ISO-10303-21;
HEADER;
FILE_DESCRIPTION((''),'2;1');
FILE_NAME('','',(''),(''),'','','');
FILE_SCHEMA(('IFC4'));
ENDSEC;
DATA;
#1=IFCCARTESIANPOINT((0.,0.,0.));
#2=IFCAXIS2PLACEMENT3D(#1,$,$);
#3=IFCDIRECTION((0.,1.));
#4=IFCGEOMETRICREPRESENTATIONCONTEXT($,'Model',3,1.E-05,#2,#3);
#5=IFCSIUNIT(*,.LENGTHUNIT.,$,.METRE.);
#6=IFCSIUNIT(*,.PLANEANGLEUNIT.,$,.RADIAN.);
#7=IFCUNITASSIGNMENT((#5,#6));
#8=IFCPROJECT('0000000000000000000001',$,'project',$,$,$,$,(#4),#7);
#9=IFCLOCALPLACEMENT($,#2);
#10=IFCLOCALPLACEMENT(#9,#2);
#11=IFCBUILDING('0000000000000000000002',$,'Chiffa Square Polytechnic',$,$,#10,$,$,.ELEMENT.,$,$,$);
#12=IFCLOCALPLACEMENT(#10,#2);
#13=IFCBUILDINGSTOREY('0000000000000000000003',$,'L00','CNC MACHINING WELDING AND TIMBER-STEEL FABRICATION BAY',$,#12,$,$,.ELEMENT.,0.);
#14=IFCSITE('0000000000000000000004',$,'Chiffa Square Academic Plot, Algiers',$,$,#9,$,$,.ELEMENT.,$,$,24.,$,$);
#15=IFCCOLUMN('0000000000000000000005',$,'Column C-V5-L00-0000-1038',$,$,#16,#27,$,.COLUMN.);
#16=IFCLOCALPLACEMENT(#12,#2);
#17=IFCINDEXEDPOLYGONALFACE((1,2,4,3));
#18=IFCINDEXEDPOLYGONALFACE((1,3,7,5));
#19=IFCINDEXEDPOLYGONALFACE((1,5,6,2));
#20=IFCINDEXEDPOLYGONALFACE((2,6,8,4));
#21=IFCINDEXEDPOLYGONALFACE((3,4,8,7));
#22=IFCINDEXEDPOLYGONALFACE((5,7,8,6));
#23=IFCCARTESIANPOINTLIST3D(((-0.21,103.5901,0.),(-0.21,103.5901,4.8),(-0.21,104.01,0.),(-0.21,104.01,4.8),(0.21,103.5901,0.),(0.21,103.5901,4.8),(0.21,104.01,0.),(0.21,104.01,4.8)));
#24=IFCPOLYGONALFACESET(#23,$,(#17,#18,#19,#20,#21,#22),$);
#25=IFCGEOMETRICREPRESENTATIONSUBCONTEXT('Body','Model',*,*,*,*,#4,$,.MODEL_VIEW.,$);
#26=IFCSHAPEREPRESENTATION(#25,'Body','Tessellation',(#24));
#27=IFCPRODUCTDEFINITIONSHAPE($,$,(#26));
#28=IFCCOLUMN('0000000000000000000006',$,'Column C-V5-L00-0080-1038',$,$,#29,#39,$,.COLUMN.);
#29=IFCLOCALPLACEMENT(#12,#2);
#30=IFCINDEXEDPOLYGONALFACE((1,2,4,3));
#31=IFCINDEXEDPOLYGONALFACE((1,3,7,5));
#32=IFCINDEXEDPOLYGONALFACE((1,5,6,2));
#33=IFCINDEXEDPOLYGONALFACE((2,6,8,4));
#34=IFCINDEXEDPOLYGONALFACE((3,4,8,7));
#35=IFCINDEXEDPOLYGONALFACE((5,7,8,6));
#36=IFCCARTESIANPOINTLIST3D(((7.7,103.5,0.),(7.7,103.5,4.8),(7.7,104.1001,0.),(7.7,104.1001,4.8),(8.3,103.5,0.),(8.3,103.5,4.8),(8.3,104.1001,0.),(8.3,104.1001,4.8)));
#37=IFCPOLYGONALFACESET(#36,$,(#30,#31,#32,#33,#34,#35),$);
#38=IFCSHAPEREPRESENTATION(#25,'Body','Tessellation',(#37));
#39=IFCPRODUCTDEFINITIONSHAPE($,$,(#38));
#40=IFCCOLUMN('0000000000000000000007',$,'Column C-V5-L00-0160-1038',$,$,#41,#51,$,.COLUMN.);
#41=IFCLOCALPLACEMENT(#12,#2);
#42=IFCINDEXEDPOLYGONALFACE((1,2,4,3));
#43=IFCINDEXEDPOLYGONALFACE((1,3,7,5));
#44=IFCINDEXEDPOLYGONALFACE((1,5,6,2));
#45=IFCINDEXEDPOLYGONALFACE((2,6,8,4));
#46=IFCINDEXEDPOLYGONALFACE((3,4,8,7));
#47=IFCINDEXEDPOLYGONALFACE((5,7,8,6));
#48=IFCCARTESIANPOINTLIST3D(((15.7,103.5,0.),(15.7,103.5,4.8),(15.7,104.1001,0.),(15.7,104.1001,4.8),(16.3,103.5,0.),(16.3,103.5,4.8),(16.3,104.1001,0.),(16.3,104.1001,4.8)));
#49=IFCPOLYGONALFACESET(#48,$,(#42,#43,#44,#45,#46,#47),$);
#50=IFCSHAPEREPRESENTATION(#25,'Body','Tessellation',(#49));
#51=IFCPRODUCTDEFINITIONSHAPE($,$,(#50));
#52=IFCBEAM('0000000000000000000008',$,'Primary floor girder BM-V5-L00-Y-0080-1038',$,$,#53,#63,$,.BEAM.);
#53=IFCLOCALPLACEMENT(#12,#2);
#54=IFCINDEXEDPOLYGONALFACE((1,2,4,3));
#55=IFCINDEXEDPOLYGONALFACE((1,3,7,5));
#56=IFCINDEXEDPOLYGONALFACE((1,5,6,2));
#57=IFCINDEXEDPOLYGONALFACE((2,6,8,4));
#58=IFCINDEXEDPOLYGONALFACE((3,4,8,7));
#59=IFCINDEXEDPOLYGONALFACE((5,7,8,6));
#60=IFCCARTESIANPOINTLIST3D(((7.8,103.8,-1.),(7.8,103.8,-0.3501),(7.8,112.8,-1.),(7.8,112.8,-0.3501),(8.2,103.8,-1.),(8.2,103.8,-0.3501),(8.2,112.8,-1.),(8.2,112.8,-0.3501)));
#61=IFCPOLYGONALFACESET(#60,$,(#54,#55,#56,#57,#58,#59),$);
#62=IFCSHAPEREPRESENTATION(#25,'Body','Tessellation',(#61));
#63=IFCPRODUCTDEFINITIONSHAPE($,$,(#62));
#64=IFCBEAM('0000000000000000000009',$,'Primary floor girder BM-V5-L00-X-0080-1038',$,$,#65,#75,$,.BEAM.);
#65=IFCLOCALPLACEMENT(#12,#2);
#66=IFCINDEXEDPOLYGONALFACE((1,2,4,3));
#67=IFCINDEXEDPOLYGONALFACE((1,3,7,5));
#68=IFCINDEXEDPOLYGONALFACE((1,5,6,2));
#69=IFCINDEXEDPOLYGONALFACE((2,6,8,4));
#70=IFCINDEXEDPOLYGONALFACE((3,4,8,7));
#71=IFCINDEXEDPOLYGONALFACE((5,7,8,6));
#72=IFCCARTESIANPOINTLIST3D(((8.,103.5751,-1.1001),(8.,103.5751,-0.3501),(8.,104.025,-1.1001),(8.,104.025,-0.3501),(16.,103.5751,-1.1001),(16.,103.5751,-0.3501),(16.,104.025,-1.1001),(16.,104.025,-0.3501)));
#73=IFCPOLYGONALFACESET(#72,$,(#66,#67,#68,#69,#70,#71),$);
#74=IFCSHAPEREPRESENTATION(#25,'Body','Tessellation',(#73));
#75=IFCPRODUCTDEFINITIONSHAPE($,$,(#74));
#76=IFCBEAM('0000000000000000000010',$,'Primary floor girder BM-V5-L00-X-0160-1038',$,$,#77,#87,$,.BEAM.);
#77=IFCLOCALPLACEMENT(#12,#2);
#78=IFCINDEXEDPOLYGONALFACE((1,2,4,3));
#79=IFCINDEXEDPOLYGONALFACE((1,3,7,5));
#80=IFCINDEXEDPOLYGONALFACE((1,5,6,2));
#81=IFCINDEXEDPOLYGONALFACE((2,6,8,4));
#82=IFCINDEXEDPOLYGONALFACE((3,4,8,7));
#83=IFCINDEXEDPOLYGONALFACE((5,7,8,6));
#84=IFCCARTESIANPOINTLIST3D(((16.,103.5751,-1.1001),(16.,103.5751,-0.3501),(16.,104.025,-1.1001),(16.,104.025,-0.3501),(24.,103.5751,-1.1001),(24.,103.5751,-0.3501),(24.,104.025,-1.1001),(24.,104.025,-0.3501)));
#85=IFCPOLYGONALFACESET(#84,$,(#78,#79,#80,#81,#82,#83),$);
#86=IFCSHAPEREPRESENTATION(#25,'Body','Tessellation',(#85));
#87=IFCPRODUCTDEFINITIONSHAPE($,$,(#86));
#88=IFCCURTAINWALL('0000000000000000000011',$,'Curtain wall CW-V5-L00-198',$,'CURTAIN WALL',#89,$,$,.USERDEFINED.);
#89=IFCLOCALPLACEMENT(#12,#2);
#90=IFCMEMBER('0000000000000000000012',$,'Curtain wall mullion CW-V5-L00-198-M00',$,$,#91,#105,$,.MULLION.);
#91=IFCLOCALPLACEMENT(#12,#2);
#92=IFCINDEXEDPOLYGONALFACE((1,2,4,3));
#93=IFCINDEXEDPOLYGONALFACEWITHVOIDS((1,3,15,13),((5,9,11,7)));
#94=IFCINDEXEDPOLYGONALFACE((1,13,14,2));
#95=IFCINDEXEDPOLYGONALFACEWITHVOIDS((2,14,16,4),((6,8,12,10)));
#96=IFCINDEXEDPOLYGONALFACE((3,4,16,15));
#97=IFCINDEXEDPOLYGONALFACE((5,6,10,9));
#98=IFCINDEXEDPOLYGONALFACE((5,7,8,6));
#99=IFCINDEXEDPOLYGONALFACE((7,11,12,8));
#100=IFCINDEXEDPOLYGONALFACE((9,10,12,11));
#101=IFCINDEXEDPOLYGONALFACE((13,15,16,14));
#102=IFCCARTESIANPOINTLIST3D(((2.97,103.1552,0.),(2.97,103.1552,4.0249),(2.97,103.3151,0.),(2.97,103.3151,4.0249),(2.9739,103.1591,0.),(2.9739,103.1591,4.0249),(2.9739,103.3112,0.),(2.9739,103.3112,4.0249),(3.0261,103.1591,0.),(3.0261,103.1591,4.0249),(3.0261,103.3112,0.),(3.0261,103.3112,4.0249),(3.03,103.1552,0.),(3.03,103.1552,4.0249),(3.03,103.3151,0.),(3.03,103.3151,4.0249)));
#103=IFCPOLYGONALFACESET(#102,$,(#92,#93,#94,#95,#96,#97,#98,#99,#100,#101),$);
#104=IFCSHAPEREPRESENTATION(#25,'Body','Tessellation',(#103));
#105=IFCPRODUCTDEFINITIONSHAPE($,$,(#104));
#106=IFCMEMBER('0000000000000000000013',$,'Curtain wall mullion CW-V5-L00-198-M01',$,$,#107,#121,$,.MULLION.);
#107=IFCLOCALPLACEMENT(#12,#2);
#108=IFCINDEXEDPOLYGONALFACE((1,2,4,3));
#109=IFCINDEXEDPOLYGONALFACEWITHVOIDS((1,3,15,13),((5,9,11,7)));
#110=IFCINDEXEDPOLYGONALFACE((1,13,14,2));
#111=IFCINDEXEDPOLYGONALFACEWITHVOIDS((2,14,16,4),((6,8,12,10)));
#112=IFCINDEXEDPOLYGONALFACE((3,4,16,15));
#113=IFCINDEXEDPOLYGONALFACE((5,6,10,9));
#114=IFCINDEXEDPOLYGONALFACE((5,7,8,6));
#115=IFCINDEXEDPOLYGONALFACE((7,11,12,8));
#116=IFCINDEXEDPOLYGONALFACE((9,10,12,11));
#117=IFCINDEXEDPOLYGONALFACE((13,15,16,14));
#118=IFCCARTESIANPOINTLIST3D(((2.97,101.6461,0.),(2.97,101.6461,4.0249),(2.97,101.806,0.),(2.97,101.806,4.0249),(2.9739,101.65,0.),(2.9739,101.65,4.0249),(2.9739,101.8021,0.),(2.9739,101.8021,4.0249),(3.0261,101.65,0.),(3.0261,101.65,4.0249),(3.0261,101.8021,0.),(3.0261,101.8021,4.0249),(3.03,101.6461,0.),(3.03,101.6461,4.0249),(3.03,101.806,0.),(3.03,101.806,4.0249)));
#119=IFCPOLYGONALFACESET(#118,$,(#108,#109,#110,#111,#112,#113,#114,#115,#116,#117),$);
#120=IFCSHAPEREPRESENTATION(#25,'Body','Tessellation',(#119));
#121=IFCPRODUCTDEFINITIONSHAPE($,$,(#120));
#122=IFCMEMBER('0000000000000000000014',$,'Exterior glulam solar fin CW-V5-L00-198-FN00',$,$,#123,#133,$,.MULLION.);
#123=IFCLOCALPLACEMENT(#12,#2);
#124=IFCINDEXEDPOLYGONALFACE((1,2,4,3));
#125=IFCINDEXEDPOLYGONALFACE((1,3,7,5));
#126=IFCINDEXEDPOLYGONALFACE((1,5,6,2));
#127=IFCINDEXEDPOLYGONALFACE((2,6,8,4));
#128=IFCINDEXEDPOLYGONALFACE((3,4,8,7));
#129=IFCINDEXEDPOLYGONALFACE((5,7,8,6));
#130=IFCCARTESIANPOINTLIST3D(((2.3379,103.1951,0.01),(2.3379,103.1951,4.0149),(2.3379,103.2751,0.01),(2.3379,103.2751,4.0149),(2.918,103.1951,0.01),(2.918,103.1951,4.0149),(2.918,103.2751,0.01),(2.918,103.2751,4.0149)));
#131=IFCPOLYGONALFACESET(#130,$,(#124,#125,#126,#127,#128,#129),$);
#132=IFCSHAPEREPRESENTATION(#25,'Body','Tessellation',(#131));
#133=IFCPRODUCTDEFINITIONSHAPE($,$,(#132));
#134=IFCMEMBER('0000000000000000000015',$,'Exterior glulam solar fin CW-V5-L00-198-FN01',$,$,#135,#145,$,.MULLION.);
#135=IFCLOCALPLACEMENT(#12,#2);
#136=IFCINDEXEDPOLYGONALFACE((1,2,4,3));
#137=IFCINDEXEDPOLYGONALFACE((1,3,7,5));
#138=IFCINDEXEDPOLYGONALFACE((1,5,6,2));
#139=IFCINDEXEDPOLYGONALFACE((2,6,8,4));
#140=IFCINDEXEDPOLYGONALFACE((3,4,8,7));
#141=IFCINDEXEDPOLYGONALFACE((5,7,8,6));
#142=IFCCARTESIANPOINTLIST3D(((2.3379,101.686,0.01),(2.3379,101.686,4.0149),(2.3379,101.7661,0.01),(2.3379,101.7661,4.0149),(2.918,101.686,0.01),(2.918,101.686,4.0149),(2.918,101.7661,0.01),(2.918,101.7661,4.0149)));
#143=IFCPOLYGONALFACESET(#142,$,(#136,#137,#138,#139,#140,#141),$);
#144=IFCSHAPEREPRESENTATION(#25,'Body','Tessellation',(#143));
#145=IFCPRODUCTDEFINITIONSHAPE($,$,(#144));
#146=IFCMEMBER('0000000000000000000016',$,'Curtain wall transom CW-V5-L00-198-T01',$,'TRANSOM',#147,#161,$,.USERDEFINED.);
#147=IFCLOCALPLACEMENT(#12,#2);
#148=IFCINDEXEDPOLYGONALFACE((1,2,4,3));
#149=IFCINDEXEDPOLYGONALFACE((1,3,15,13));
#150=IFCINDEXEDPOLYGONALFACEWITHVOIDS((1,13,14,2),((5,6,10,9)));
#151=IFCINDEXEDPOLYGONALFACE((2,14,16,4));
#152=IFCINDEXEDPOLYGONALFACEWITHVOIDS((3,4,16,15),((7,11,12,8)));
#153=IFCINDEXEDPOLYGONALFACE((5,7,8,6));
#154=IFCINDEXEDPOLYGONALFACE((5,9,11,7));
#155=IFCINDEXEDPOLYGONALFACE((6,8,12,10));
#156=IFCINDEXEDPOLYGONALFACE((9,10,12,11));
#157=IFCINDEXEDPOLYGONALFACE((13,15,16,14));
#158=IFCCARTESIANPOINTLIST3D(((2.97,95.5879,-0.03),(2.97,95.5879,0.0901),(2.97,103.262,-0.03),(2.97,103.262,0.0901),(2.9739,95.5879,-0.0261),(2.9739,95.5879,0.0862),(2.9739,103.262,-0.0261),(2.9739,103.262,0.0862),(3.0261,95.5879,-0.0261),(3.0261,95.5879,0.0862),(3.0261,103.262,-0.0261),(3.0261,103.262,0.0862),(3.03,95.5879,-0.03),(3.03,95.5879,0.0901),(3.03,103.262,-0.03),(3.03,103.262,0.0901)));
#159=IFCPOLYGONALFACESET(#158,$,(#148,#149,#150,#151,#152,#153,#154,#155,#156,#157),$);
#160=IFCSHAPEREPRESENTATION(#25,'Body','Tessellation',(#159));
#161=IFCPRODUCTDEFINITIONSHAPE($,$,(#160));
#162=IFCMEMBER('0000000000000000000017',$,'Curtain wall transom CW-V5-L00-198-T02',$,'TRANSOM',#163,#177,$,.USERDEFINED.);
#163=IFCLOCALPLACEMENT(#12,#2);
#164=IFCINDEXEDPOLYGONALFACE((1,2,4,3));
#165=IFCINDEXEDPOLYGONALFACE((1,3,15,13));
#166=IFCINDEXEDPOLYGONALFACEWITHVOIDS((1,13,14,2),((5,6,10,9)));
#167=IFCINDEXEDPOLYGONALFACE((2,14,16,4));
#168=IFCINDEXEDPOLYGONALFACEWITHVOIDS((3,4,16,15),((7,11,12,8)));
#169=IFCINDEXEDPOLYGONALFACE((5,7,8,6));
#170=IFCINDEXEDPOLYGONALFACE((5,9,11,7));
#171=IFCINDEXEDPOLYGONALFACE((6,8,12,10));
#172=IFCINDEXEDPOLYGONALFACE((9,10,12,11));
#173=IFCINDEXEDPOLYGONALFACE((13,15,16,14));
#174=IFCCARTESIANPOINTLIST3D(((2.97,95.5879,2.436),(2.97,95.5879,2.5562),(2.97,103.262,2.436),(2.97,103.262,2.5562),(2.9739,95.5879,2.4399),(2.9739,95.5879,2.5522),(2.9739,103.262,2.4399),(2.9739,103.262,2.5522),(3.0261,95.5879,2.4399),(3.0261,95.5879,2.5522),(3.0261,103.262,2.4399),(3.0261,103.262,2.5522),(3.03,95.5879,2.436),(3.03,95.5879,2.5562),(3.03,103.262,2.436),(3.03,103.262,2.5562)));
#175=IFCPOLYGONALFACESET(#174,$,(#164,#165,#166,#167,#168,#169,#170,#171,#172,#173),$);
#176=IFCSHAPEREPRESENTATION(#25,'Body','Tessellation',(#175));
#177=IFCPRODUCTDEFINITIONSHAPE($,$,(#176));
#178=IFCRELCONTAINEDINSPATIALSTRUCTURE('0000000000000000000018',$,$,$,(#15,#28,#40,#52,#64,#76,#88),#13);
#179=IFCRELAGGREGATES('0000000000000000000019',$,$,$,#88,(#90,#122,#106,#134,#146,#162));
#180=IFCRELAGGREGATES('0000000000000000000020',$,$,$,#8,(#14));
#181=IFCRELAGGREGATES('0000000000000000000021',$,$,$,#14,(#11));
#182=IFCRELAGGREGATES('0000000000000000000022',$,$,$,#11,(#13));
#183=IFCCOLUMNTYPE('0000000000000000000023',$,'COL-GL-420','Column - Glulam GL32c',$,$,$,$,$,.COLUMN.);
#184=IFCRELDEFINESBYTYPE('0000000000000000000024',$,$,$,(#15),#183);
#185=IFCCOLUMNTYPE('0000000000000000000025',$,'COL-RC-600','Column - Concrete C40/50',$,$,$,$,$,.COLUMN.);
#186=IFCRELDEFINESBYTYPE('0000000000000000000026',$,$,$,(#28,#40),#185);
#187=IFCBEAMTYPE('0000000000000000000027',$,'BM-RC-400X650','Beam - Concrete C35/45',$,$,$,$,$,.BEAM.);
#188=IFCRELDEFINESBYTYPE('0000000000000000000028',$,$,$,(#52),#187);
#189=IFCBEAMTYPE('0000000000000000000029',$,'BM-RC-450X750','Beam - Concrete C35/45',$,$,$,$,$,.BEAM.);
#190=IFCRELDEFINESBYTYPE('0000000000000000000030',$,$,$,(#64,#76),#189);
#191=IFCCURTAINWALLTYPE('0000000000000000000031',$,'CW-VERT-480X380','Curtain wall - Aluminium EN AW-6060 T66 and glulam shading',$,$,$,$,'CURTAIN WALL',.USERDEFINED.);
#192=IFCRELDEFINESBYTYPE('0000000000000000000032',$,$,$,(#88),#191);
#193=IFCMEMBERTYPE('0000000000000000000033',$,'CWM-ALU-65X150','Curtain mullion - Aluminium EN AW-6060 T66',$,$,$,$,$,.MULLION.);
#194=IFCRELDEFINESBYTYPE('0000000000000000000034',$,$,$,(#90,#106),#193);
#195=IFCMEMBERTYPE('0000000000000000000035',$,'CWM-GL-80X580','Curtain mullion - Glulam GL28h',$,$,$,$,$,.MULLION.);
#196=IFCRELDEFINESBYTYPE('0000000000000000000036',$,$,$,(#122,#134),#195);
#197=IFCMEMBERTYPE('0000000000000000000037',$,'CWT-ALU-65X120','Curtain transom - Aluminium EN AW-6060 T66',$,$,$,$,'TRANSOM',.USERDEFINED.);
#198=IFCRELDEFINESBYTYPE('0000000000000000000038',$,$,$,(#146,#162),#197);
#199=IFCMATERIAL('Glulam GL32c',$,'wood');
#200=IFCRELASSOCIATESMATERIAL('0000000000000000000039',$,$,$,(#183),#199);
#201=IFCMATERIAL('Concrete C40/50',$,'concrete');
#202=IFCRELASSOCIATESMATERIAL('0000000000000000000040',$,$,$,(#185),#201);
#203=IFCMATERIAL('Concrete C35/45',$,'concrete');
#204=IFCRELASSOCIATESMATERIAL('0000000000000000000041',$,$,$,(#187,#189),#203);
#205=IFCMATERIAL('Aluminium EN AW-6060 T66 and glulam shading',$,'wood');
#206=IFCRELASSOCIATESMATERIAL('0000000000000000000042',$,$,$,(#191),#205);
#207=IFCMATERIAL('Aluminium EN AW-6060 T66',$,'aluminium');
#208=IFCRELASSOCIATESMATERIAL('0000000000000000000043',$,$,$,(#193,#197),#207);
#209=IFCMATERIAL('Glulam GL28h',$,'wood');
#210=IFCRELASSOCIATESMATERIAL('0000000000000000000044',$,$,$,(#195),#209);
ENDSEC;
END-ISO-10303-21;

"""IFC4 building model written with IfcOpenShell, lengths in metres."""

from ifc_helpers import new_model, si_unit, direction, frame, origin, origin_2d, place, context, subcontext, project, spatial, rectangle, hollow_rectangle, extrude, material, material_profile, profile_set, type_object, element, aggregate, save


model = new_model("IFC4")

# Units and contexts
model_context = context("Model", 3, precision=1e-05, world=origin(), true_north=direction((0.0, 1.0)))
body_context = subcontext(model_context, "Body", "Model", "MODEL_VIEW")
ifc_project = project(units=[si_unit("LENGTHUNIT", "METRE"), si_unit("PLANEANGLEUNIT", "RADIAN")], contexts=[model_context])

# Site, building, storey
site_placement = place(None, origin())
site = spatial("IfcSite", under=ifc_project, at=site_placement, Name="Chiffa Square Academic Plot, Algiers", CompositionType="ELEMENT", RefElevation=24.0)
building_placement = place(site_placement, origin())
building = spatial("IfcBuilding", under=site, at=building_placement, Name="Chiffa Square Polytechnic", CompositionType="ELEMENT")
storey_placement = place(building_placement, origin())
storey = spatial("IfcBuildingStorey", under=building, at=storey_placement, Name="L00", Description="CNC MACHINING WELDING AND TIMBER-STEEL FABRICATION BAY", CompositionType="ELEMENT", Elevation=0.0)

# Columns
ifc_material_1 = material(Name="Glulam GL32c", Category="wood")
ifc_material_profile_1 = material_profile(ifc_material_1, rectangle(XDim=0.4199, YDim=0.4199, at=origin_2d()), Name="GL32c 420x420")
ifc_profile_set_1 = profile_set([ifc_material_profile_1], Name="Glulam GL32c")
column_type_1 = type_object("IfcColumnType", Name="COL-GL-420", Description="Column - Glulam GL32c", PredefinedType="COLUMN", material=ifc_profile_set_1)
column_placement = place(storey_placement, frame((0.0, 103.8, 0.0), z_axis=(0.0, 0.0, 1.0), x_axis=(1.0, 0.0, 0.0)))
element("IfcColumn", 1, at=column_placement, inside=storey, type_object=column_type_1, Name="Column C-V5-L00-0000-1038", PredefinedType="COLUMN", context=body_context, shape_type="SweptSolid", body=[
    extrude(rectangle(XDim=0.4199, YDim=0.4199, at=origin_2d()), origin(), (0.0, 0.0, 1.0), 4.8),
])
ifc_material_2 = material(Name="Concrete C40/50", Category="concrete")
ifc_material_profile_2 = material_profile(ifc_material_2, rectangle(XDim=0.6001, YDim=0.6001, at=origin_2d()), Name="RC 600x600")
ifc_profile_set_2 = profile_set([ifc_material_profile_2], Name="Concrete C40/50")
column_type_2 = type_object("IfcColumnType", Name="COL-RC-600", Description="Column - Concrete C40/50", PredefinedType="COLUMN", material=ifc_profile_set_2)
for number, where, z_axis, x_axis, name in (
    (2, (8.0, 103.8, 0.0), (0.0, 0.0, 1.0), (1.0, 0.0, 0.0), "Column C-V5-L00-0080-1038"),
    (3, (16.0, 103.8, 0.0), (0.0, 0.0, 1.0), (1.0, 0.0, 0.0), "Column C-V5-L00-0160-1038"),
):
    element("IfcColumn", number, at=place(storey_placement, frame(where, z_axis=z_axis, x_axis=x_axis)), inside=storey, type_object=column_type_2, Name=name, PredefinedType="COLUMN", context=body_context, shape_type="SweptSolid", body=[
        extrude(rectangle(XDim=0.6001, YDim=0.6001, at=origin_2d()), origin(), (0.0, 0.0, 1.0), 4.8),
    ])

# Beams
ifc_material_3 = material(Name="Concrete C35/45", Category="concrete")
ifc_material_profile_3 = material_profile(ifc_material_3, rectangle(XDim=0.3999, YDim=0.6499, at=origin_2d()), Name="RC 400x650")
ifc_profile_set_3 = profile_set([ifc_material_profile_3], Name="Concrete C35/45")
beam_type_1 = type_object("IfcBeamType", Name="BM-RC-400X650", Description="Beam - Concrete C35/45", PredefinedType="BEAM", material=ifc_profile_set_3)
beam_placement = place(storey_placement, frame((8.0, 103.8, -0.675), z_axis=(0.0, 1.0, 0.0), x_axis=(-1.0, 0.0, 0.0)))
element("IfcBeam", 4, at=beam_placement, inside=storey, type_object=beam_type_1, Name="Primary floor girder BM-V5-L00-Y-0080-1038", PredefinedType="BEAM", context=body_context, shape_type="SweptSolid", body=[
    extrude(rectangle(XDim=0.3999, YDim=0.6499, at=origin_2d()), origin(), (0.0, 0.0, 1.0), 9.0),
])
ifc_material_profile_4 = material_profile(ifc_material_3, rectangle(XDim=0.45, YDim=0.75, at=origin_2d()), Name="RC 450x750")
ifc_profile_set_4 = profile_set([ifc_material_profile_4], Name="Concrete C35/45")
beam_type_2 = type_object("IfcBeamType", Name="BM-RC-450X750", Description="Beam - Concrete C35/45", PredefinedType="BEAM", material=ifc_profile_set_4)
for number, where, z_axis, x_axis, name in (
    (5, (8.0, 103.8, -0.7251), (1.0, 0.0, 0.0), (0.0, 1.0, 0.0), "Primary floor girder BM-V5-L00-X-0080-1038"),
    (6, (16.0, 103.8, -0.7251), (1.0, 0.0, 0.0), (0.0, 1.0, 0.0), "Primary floor girder BM-V5-L00-X-0160-1038"),
):
    element("IfcBeam", number, at=place(storey_placement, frame(where, z_axis=z_axis, x_axis=x_axis)), inside=storey, type_object=beam_type_2, Name=name, PredefinedType="BEAM", context=body_context, shape_type="SweptSolid", body=[
        extrude(rectangle(XDim=0.45, YDim=0.75, at=origin_2d()), origin(), (0.0, 0.0, 1.0), 8.0),
    ])

# Curtain wall, members
ifc_material_4 = material(Name="Aluminium EN AW-6060 T66 and glulam shading", Category="wood")
curtain_wall_type = type_object("IfcCurtainWallType", Name="CW-VERT-480X380", Description="Curtain wall - Aluminium EN AW-6060 T66 and glulam shading", ElementType="CURTAIN WALL", PredefinedType="USERDEFINED", material=ifc_material_4)
curtain_wall_placement = place(storey_placement, origin())
curtain_wall = element("IfcCurtainWall", 7, at=curtain_wall_placement, inside=storey, type_object=curtain_wall_type, Name="Curtain wall CW-V5-L00-198", ObjectType="CURTAIN WALL", PredefinedType="USERDEFINED")
ifc_material_5 = material(Name="Aluminium EN AW-6060 T66", Category="aluminium")
ifc_material_profile_5 = material_profile(ifc_material_5, hollow_rectangle(XDim=0.0601, YDim=0.1599, WallThickness=0.0039, at=origin_2d()), Name="ALU 60x160x4")
ifc_profile_set_5 = profile_set([ifc_material_profile_5], Name="Aluminium EN AW-6060 T66")
member_type_1 = type_object("IfcMemberType", Name="CWM-ALU-65X150", Description="Curtain mullion - Aluminium EN AW-6060 T66", PredefinedType="MULLION", material=ifc_profile_set_5)
member_1_placement = place(storey_placement, frame((3.0, 103.2351, 0.0), z_axis=(0.0, 0.0, 1.0), x_axis=(1.0, 0.0, 0.0)))
member_1 = element("IfcMember", 8, at=member_1_placement, type_object=member_type_1, Name="Curtain wall mullion CW-V5-L00-198-M00", PredefinedType="MULLION", context=body_context, shape_type="SweptSolid", body=[
    extrude(hollow_rectangle(XDim=0.0601, YDim=0.1599, WallThickness=0.0039, at=origin_2d()), origin(), (0.0, 0.0, 1.0), 4.0249),
])
member_2_placement = place(storey_placement, frame((3.0, 101.7261, 0.0), z_axis=(0.0, 0.0, 1.0), x_axis=(1.0, 0.0, 0.0)))
member_2 = element("IfcMember", 9, at=member_2_placement, type_object=member_type_1, Name="Curtain wall mullion CW-V5-L00-198-M01", PredefinedType="MULLION", context=body_context, shape_type="SweptSolid", body=[
    extrude(hollow_rectangle(XDim=0.0601, YDim=0.1599, WallThickness=0.0039, at=origin_2d()), origin(), (0.0, 0.0, 1.0), 4.0249),
])
ifc_material_6 = material(Name="Glulam GL28h", Category="wood")
ifc_material_profile_6 = material_profile(ifc_material_6, rectangle(XDim=0.0801, YDim=0.5801, at=origin_2d()), Name="GL28h 80x580")
ifc_profile_set_6 = profile_set([ifc_material_profile_6], Name="Glulam GL28h")
member_type_2 = type_object("IfcMemberType", Name="CWM-GL-80X580", Description="Curtain mullion - Glulam GL28h", PredefinedType="MULLION", material=ifc_profile_set_6)
member_3_placement = place(storey_placement, frame((2.6279, 103.2351, 0.01), z_axis=(0.0, 0.0, 1.0), x_axis=(0.0, -1.0, 0.0)))
member_3 = element("IfcMember", 10, at=member_3_placement, type_object=member_type_2, Name="Exterior glulam solar fin CW-V5-L00-198-FN00", PredefinedType="MULLION", context=body_context, shape_type="SweptSolid", body=[
    extrude(rectangle(XDim=0.0801, YDim=0.5801, at=origin_2d()), origin(), (0.0, 0.0, 1.0), 4.0049),
])
member_4_placement = place(storey_placement, frame((2.6279, 101.7261, 0.01), z_axis=(0.0, 0.0, 1.0), x_axis=(0.0, -1.0, 0.0)))
member_4 = element("IfcMember", 11, at=member_4_placement, type_object=member_type_2, Name="Exterior glulam solar fin CW-V5-L00-198-FN01", PredefinedType="MULLION", context=body_context, shape_type="SweptSolid", body=[
    extrude(rectangle(XDim=0.0801, YDim=0.5801, at=origin_2d()), origin(), (0.0, 0.0, 1.0), 4.0049),
])
ifc_material_profile_7 = material_profile(ifc_material_5, hollow_rectangle(XDim=0.0601, YDim=0.1201, WallThickness=0.0039, at=origin_2d()), Name="ALU 60x120x4")
ifc_profile_set_7 = profile_set([ifc_material_profile_7], Name="Aluminium EN AW-6060 T66")
member_type_3 = type_object("IfcMemberType", Name="CWT-ALU-65X120", Description="Curtain transom - Aluminium EN AW-6060 T66", ElementType="TRANSOM", PredefinedType="USERDEFINED", material=ifc_profile_set_7)
member_5_placement = place(storey_placement, frame((3.0, 103.262, 0.03), z_axis=(0.0, -1.0, 0.0), x_axis=(1.0, 0.0, 0.0)))
member_5 = element("IfcMember", 12, at=member_5_placement, type_object=member_type_3, Name="Curtain wall transom CW-V5-L00-198-T01", ObjectType="TRANSOM", PredefinedType="USERDEFINED", context=body_context, shape_type="SweptSolid", body=[
    extrude(hollow_rectangle(XDim=0.0601, YDim=0.1201, WallThickness=0.0039, at=origin_2d()), origin(), (0.0, 0.0, 1.0), 7.6741),
])
member_6_placement = place(storey_placement, frame((3.0, 103.262, 2.4961), z_axis=(0.0, -1.0, 0.0), x_axis=(1.0, 0.0, 0.0)))
member_6 = element("IfcMember", 13, at=member_6_placement, type_object=member_type_3, Name="Curtain wall transom CW-V5-L00-198-T02", ObjectType="TRANSOM", PredefinedType="USERDEFINED", context=body_context, shape_type="SweptSolid", body=[
    extrude(hollow_rectangle(XDim=0.0601, YDim=0.1201, WallThickness=0.0039, at=origin_2d()), origin(), (0.0, 0.0, 1.0), 7.6741),
])
aggregate(curtain_wall, [member_1, member_3, member_2, member_4, member_5, member_6])

save(model, "model.ifc")
